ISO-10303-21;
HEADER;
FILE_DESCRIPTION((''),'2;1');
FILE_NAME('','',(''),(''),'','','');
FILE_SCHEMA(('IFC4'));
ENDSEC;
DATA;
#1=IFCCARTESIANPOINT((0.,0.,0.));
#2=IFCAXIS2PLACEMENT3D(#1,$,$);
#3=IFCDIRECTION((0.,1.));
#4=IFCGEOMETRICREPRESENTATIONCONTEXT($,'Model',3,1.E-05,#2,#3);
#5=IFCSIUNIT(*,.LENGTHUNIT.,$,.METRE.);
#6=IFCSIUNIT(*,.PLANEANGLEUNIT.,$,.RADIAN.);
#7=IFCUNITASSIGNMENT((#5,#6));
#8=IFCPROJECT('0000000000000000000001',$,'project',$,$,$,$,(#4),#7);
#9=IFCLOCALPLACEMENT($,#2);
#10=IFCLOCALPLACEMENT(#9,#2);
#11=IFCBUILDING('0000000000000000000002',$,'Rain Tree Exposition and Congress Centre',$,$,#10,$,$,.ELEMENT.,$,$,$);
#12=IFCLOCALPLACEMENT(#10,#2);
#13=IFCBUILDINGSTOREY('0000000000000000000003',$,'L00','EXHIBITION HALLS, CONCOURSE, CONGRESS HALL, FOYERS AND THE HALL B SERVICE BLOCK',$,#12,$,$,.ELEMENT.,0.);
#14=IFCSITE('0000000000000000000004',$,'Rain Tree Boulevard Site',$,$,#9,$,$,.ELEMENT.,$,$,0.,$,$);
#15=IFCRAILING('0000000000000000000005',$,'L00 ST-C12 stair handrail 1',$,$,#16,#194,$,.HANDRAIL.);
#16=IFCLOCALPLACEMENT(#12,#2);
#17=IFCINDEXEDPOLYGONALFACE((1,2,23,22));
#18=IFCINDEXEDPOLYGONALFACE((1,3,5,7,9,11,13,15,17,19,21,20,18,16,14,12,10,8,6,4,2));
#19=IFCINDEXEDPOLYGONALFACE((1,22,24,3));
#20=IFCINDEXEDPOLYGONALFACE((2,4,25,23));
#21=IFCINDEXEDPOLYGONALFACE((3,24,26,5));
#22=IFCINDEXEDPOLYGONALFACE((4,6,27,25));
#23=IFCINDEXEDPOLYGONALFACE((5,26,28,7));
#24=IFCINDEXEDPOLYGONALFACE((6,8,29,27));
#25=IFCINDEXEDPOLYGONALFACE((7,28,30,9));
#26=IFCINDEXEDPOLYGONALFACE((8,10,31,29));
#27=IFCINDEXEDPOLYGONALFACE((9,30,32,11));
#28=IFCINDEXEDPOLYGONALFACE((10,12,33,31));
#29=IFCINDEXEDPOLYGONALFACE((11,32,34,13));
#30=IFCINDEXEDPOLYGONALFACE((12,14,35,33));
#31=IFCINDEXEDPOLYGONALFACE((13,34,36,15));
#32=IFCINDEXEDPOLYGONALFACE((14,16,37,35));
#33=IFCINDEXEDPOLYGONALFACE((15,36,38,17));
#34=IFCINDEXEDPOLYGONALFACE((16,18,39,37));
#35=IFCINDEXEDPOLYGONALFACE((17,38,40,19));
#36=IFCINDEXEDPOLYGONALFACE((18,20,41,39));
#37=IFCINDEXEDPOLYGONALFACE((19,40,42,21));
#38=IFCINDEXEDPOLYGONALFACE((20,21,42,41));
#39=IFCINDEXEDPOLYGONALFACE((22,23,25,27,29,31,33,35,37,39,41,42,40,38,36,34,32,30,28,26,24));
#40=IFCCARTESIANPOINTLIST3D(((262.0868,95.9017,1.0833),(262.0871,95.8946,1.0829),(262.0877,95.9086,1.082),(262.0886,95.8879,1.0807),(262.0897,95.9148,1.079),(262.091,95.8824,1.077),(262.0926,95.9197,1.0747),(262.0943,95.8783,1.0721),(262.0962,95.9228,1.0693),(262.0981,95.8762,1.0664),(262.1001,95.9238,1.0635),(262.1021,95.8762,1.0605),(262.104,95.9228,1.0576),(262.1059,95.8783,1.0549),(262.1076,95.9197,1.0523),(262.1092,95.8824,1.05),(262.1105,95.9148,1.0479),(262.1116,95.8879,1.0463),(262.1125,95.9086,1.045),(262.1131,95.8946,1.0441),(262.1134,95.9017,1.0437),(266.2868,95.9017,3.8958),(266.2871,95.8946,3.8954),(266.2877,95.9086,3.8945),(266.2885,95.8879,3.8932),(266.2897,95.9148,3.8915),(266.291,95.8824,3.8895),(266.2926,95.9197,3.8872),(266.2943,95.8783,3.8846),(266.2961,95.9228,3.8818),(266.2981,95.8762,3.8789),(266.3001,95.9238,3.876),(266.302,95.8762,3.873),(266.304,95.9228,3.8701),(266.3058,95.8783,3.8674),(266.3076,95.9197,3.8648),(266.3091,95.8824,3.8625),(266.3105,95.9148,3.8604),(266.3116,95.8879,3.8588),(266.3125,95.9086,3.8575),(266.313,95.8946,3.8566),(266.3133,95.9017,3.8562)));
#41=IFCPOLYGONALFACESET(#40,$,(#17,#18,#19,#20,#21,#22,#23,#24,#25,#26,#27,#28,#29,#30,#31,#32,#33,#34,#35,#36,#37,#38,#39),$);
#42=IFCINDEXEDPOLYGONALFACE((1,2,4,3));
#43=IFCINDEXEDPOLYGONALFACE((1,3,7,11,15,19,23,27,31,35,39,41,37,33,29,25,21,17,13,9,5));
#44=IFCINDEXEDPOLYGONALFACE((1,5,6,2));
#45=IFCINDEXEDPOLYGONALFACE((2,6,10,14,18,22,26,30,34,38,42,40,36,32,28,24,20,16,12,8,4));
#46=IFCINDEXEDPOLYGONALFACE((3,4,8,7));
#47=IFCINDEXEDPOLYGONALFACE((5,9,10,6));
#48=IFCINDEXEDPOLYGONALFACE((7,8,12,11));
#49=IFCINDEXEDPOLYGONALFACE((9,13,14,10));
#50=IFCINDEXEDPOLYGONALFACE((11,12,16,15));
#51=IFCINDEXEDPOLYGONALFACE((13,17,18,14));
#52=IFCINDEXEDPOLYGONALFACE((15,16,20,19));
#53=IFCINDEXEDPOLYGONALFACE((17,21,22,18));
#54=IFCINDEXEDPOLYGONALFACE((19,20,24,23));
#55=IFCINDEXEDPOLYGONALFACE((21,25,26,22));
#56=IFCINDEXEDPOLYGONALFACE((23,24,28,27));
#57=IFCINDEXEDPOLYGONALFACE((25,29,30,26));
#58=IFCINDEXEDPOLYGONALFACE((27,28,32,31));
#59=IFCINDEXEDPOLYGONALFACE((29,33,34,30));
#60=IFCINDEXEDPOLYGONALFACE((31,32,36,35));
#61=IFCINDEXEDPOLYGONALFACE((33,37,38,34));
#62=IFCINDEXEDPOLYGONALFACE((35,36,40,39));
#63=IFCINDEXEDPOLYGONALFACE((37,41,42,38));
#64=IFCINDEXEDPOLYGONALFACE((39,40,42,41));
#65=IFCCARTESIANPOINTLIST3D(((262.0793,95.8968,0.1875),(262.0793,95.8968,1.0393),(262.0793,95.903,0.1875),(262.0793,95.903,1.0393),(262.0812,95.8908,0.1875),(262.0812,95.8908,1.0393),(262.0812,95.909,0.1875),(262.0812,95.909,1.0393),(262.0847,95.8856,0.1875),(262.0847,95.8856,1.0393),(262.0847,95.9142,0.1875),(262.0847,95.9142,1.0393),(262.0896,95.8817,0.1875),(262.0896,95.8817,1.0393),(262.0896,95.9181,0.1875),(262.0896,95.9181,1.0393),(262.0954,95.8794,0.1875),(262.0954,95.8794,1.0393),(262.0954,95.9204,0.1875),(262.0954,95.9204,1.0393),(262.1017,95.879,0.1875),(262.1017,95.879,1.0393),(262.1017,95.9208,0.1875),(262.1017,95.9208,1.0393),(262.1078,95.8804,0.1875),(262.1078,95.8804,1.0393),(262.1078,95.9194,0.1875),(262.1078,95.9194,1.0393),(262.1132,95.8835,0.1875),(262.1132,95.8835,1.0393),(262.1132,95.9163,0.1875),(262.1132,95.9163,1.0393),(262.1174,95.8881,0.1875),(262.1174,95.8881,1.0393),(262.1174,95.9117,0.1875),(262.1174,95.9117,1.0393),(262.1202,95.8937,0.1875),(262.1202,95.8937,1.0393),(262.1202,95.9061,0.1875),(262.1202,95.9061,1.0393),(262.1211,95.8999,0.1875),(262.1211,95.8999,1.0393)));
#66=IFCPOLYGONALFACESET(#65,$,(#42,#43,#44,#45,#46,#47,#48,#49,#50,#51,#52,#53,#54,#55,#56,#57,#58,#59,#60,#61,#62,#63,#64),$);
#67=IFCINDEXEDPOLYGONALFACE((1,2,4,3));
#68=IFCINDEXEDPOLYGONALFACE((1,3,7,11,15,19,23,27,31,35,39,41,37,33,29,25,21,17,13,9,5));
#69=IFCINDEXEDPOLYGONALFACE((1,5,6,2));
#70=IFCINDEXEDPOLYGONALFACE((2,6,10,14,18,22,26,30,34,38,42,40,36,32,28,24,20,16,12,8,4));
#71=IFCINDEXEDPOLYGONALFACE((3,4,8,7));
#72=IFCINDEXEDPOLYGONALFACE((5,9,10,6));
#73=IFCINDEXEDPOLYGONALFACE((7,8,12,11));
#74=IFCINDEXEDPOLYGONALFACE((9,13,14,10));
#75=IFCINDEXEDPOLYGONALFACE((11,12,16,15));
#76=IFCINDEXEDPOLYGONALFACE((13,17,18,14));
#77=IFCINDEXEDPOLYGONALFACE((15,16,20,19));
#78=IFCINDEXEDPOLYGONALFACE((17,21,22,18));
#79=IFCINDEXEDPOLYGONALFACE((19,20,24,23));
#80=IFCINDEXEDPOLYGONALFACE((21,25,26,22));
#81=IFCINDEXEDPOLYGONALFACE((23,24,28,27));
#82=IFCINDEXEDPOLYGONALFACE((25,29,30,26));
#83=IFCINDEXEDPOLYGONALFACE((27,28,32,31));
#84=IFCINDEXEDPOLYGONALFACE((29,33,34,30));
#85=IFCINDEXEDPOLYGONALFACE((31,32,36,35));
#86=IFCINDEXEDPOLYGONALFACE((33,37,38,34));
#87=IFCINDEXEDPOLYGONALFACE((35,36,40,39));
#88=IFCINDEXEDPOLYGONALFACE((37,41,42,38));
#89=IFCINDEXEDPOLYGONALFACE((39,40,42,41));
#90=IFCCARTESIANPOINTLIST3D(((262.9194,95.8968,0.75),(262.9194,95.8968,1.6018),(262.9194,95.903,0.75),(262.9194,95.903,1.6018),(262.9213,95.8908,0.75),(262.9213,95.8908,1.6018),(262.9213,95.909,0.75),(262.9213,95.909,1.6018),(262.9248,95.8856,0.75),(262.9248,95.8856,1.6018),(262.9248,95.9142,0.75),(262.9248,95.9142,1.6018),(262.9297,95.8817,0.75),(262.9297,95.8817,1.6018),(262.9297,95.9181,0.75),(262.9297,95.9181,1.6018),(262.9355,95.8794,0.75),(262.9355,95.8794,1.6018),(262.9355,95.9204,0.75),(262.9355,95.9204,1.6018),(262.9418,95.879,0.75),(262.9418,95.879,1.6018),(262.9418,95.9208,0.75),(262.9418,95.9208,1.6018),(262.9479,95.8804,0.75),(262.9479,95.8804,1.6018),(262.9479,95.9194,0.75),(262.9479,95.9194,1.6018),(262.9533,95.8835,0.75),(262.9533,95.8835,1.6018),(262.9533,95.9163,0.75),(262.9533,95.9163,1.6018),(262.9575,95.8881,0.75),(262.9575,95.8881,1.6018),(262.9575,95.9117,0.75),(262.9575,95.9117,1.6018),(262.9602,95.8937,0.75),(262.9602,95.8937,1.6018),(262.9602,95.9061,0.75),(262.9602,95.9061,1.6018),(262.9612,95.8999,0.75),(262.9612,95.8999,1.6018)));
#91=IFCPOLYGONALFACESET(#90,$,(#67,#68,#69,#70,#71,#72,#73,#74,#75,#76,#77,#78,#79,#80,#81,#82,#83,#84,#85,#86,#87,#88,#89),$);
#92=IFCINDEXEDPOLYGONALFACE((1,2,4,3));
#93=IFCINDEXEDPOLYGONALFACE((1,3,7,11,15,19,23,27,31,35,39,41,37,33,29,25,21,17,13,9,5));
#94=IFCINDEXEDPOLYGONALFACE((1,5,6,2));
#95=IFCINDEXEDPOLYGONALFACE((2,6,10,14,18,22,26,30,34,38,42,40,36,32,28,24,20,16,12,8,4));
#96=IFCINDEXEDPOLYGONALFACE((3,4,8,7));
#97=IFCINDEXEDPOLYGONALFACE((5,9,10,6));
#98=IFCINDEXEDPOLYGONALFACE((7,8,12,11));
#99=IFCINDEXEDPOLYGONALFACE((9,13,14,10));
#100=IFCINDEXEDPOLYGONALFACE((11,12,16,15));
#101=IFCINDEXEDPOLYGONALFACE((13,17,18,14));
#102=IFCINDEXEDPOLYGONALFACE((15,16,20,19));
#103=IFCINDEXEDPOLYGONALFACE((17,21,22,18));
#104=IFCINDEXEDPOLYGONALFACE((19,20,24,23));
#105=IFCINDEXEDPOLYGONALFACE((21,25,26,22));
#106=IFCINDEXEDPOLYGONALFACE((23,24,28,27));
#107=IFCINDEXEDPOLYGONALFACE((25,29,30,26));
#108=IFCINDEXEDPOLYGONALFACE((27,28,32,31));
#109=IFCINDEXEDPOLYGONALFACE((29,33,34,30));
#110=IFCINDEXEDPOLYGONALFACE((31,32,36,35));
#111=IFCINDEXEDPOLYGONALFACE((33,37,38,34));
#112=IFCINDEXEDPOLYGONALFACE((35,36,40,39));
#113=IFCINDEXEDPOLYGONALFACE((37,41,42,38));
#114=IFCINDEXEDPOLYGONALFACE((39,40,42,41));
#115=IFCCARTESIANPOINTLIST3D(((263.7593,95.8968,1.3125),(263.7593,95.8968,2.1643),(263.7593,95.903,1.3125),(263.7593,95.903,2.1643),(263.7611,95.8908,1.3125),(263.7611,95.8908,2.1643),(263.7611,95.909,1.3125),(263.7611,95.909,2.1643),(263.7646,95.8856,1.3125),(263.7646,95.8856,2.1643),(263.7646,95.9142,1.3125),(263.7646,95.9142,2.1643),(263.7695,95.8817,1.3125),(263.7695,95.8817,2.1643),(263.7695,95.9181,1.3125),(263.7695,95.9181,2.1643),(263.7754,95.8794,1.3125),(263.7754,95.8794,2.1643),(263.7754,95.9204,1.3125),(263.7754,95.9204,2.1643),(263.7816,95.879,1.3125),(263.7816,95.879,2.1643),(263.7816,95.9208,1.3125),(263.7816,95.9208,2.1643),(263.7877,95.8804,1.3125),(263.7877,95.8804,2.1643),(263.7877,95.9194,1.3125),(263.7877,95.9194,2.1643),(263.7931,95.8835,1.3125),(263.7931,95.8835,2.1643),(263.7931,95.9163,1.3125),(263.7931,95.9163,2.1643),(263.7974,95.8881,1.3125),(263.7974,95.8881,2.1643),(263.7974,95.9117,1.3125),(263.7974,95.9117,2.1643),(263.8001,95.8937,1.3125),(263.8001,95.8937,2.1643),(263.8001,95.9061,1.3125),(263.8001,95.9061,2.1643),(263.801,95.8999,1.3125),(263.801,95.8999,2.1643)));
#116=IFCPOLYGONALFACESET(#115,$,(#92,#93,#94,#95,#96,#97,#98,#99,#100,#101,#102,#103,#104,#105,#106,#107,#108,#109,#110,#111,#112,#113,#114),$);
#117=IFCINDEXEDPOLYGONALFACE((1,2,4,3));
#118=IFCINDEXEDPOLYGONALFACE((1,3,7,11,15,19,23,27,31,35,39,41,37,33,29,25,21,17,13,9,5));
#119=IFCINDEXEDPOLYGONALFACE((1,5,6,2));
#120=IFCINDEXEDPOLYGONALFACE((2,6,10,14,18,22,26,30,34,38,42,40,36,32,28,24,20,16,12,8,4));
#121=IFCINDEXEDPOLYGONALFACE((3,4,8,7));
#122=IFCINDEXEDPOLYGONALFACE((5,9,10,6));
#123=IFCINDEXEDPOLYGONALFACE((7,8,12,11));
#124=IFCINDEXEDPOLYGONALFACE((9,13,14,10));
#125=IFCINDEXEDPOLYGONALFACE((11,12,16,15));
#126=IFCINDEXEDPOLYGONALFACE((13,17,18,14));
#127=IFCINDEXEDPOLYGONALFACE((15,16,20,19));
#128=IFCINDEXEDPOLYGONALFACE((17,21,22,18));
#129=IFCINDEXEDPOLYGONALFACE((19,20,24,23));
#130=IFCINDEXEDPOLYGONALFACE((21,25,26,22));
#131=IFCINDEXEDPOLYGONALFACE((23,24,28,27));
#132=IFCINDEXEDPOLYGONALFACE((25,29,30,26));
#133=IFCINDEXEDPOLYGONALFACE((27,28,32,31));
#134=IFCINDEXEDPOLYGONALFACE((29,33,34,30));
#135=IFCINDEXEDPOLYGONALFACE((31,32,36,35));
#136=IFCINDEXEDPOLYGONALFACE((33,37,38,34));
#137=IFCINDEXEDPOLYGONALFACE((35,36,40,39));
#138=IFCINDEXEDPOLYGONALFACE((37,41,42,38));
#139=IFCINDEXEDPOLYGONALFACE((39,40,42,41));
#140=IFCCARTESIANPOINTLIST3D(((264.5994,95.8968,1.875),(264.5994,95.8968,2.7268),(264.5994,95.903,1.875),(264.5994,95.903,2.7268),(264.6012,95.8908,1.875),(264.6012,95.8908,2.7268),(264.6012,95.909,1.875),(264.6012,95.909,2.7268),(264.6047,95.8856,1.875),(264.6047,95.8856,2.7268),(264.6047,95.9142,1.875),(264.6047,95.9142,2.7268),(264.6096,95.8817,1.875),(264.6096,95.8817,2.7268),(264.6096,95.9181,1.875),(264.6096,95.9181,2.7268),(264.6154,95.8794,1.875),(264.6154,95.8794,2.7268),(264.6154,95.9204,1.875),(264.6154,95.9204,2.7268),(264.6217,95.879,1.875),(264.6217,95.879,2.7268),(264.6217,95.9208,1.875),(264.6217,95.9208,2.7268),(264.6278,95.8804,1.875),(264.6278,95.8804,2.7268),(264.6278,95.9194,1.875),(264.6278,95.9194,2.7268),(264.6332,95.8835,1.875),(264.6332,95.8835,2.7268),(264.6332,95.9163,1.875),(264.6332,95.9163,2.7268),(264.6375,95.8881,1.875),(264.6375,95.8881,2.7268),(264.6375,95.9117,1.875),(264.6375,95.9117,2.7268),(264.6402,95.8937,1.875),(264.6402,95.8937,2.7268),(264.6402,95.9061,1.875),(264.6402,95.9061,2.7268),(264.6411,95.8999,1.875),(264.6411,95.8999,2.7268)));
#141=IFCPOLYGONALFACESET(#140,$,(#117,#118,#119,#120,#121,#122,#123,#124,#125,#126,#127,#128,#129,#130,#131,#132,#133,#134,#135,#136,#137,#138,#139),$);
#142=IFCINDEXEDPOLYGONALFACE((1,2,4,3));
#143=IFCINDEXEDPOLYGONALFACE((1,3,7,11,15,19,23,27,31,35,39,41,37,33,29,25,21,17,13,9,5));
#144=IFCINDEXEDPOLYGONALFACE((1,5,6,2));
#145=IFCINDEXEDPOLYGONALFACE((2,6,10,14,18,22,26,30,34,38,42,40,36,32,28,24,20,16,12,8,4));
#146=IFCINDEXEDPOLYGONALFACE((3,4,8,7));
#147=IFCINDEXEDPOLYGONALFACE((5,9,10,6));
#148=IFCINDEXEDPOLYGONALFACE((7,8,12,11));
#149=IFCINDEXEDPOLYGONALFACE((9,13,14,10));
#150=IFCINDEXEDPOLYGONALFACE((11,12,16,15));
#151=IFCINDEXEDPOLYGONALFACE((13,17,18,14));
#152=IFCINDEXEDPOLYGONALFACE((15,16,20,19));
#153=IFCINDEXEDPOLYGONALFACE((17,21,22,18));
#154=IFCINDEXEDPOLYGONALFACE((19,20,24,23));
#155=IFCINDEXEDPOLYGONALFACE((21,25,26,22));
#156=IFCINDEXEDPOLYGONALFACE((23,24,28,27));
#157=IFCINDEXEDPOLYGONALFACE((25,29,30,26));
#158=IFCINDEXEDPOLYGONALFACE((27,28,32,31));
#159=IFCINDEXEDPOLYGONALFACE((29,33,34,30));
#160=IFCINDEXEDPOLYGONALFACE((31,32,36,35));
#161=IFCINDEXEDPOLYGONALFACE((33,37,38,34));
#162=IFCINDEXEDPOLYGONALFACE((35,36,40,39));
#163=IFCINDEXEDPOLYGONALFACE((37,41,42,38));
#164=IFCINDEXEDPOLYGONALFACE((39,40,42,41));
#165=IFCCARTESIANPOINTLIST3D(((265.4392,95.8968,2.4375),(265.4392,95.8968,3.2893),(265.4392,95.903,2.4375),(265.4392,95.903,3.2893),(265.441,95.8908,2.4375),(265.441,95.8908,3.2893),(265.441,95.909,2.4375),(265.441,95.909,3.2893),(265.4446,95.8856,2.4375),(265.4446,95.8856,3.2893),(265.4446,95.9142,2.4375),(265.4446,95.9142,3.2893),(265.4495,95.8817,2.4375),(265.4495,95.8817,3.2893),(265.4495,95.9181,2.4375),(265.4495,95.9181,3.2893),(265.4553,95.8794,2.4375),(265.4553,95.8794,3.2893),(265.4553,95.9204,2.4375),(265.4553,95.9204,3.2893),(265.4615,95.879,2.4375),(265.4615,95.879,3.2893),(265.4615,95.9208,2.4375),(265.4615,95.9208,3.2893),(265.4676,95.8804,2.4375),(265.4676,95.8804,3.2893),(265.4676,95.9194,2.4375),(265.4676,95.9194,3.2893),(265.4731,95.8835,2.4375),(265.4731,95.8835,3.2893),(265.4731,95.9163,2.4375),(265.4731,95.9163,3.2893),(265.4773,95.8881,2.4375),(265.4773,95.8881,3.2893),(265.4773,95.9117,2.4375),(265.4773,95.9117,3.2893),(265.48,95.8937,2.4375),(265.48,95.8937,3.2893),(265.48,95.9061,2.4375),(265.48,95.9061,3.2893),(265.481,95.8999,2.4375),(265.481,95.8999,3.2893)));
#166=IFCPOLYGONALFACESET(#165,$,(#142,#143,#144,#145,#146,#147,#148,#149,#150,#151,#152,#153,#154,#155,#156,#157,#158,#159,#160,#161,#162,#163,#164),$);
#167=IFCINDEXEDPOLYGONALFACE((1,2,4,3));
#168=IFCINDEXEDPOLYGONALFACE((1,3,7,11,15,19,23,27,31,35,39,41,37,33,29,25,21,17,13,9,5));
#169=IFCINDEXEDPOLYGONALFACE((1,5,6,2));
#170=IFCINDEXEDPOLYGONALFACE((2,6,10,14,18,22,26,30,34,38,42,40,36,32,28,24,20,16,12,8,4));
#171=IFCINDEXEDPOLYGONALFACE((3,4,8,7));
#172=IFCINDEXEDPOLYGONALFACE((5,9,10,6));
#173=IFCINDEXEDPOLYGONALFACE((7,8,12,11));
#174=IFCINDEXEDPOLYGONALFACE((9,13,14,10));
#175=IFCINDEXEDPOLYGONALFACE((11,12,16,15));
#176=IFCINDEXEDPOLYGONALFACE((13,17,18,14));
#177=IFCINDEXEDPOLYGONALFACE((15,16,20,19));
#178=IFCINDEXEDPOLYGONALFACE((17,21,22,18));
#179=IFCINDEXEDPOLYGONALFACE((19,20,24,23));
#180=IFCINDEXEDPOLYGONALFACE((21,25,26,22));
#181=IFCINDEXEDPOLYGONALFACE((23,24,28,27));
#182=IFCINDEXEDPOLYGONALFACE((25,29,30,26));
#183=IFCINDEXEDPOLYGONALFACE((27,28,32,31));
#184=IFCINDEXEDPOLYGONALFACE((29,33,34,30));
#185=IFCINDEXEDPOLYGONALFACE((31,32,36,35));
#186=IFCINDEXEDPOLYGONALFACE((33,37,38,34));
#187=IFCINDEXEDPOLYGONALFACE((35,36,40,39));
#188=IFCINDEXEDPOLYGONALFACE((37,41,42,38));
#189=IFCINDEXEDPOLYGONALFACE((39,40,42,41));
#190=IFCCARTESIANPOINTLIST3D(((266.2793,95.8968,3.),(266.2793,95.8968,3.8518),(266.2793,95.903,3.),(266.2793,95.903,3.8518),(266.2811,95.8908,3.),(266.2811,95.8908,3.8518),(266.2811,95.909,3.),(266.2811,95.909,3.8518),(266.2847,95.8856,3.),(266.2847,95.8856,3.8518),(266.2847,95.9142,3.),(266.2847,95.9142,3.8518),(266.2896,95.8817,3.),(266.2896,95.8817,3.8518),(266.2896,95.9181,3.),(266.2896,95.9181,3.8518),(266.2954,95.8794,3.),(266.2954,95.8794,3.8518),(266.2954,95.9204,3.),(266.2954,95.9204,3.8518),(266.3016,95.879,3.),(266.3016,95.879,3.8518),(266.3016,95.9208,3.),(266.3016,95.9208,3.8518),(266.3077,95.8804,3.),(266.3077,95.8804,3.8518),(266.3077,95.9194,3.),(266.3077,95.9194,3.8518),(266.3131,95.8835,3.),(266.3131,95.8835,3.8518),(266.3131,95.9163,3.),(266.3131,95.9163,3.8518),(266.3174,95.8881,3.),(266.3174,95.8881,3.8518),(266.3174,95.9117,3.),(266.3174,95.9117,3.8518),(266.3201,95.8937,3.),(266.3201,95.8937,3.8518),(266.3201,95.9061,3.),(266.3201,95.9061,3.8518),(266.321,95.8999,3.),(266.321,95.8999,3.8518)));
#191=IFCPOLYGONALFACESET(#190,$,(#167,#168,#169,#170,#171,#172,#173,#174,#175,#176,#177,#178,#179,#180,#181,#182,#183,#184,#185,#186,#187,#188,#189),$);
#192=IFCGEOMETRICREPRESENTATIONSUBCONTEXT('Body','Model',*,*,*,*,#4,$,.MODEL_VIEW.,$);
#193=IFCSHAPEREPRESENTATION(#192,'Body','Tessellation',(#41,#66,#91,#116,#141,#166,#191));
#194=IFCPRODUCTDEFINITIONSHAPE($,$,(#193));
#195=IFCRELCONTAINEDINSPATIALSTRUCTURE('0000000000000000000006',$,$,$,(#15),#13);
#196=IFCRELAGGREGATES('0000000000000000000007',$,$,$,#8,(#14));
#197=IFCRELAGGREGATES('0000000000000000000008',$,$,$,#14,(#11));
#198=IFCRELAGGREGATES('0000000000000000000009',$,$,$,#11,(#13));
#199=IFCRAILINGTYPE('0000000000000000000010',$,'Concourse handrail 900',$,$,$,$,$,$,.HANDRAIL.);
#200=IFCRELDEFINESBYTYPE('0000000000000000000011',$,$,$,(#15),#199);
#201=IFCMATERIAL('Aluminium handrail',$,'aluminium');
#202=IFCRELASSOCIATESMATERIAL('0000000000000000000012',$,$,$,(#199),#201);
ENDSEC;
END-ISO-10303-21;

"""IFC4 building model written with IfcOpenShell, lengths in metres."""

from ifc_helpers import new_model, si_unit, direction, frame, origin, origin_2d, place, context, subcontext, project, spatial, circle, extrude, material, type_object, element, save


model = new_model("IFC4")

# Units and contexts
model_context = context("Model", 3, precision=1e-05, world=origin(), true_north=direction((0.0, 1.0)))
body_context = subcontext(model_context, "Body", "Model", "MODEL_VIEW")
ifc_project = project(units=[si_unit("LENGTHUNIT", "METRE"), si_unit("PLANEANGLEUNIT", "RADIAN")], contexts=[model_context])

# Site, building, storey
site_placement = place(None, origin())
site = spatial("IfcSite", under=ifc_project, at=site_placement, Name="Rain Tree Boulevard Site", CompositionType="ELEMENT", RefElevation=0.0)
building_placement = place(site_placement, origin())
building = spatial("IfcBuilding", under=site, at=building_placement, Name="Rain Tree Exposition and Congress Centre", CompositionType="ELEMENT")
storey_placement = place(building_placement, origin())
storey = spatial("IfcBuildingStorey", under=building, at=storey_placement, Name="L00", Description="EXHIBITION HALLS, CONCOURSE, CONGRESS HALL, FOYERS AND THE HALL B SERVICE BLOCK", CompositionType="ELEMENT", Elevation=0.0)

# Railing
ifc_material_1 = material(Name="Aluminium handrail", Category="aluminium")
railing_type_1 = type_object("IfcRailingType", Name="Concourse handrail 900", PredefinedType="HANDRAIL", material=ifc_material_1)
railing_1_placement = place(storey_placement, frame((262.1001, 95.8999, 0.1875)))
element("IfcRailing", 1, at=railing_1_placement, inside=storey, type_object=railing_type_1, Name="L00 ST-C12 stair handrail 1", PredefinedType="HANDRAIL", context=body_context, shape_type="SweptSolid", body=[
    extrude(circle(Radius=0.0239, at=origin_2d()), frame((0.0, 0.0, 0.876), z_axis=(0.830904, 0.0, 0.556416), x_axis=(0.0, 1.0, 0.0)), (0.0, 0.0, 1.0), 5.0547),
    extrude(circle(Radius=0.021, at=origin_2d()), origin(), (0.0, 0.0, 1.0), 0.8518),
    extrude(circle(Radius=0.021, at=origin_2d()), frame((0.8401, 0.0, 0.5625)), (0.0, 0.0, 1.0), 0.8518),
    extrude(circle(Radius=0.021, at=origin_2d()), frame((1.6799, 0.0, 1.125)), (0.0, 0.0, 1.0), 0.8518),
    extrude(circle(Radius=0.021, at=origin_2d()), frame((2.52, 0.0, 1.6875)), (0.0, 0.0, 1.0), 0.8518),
    extrude(circle(Radius=0.021, at=origin_2d()), frame((3.3599, 0.0, 2.25)), (0.0, 0.0, 1.0), 0.8518),
    extrude(circle(Radius=0.021, at=origin_2d()), frame((4.2, 0.0, 2.8125)), (0.0, 0.0, 1.0), 0.8518),
])

save(model, "model.ifc")
